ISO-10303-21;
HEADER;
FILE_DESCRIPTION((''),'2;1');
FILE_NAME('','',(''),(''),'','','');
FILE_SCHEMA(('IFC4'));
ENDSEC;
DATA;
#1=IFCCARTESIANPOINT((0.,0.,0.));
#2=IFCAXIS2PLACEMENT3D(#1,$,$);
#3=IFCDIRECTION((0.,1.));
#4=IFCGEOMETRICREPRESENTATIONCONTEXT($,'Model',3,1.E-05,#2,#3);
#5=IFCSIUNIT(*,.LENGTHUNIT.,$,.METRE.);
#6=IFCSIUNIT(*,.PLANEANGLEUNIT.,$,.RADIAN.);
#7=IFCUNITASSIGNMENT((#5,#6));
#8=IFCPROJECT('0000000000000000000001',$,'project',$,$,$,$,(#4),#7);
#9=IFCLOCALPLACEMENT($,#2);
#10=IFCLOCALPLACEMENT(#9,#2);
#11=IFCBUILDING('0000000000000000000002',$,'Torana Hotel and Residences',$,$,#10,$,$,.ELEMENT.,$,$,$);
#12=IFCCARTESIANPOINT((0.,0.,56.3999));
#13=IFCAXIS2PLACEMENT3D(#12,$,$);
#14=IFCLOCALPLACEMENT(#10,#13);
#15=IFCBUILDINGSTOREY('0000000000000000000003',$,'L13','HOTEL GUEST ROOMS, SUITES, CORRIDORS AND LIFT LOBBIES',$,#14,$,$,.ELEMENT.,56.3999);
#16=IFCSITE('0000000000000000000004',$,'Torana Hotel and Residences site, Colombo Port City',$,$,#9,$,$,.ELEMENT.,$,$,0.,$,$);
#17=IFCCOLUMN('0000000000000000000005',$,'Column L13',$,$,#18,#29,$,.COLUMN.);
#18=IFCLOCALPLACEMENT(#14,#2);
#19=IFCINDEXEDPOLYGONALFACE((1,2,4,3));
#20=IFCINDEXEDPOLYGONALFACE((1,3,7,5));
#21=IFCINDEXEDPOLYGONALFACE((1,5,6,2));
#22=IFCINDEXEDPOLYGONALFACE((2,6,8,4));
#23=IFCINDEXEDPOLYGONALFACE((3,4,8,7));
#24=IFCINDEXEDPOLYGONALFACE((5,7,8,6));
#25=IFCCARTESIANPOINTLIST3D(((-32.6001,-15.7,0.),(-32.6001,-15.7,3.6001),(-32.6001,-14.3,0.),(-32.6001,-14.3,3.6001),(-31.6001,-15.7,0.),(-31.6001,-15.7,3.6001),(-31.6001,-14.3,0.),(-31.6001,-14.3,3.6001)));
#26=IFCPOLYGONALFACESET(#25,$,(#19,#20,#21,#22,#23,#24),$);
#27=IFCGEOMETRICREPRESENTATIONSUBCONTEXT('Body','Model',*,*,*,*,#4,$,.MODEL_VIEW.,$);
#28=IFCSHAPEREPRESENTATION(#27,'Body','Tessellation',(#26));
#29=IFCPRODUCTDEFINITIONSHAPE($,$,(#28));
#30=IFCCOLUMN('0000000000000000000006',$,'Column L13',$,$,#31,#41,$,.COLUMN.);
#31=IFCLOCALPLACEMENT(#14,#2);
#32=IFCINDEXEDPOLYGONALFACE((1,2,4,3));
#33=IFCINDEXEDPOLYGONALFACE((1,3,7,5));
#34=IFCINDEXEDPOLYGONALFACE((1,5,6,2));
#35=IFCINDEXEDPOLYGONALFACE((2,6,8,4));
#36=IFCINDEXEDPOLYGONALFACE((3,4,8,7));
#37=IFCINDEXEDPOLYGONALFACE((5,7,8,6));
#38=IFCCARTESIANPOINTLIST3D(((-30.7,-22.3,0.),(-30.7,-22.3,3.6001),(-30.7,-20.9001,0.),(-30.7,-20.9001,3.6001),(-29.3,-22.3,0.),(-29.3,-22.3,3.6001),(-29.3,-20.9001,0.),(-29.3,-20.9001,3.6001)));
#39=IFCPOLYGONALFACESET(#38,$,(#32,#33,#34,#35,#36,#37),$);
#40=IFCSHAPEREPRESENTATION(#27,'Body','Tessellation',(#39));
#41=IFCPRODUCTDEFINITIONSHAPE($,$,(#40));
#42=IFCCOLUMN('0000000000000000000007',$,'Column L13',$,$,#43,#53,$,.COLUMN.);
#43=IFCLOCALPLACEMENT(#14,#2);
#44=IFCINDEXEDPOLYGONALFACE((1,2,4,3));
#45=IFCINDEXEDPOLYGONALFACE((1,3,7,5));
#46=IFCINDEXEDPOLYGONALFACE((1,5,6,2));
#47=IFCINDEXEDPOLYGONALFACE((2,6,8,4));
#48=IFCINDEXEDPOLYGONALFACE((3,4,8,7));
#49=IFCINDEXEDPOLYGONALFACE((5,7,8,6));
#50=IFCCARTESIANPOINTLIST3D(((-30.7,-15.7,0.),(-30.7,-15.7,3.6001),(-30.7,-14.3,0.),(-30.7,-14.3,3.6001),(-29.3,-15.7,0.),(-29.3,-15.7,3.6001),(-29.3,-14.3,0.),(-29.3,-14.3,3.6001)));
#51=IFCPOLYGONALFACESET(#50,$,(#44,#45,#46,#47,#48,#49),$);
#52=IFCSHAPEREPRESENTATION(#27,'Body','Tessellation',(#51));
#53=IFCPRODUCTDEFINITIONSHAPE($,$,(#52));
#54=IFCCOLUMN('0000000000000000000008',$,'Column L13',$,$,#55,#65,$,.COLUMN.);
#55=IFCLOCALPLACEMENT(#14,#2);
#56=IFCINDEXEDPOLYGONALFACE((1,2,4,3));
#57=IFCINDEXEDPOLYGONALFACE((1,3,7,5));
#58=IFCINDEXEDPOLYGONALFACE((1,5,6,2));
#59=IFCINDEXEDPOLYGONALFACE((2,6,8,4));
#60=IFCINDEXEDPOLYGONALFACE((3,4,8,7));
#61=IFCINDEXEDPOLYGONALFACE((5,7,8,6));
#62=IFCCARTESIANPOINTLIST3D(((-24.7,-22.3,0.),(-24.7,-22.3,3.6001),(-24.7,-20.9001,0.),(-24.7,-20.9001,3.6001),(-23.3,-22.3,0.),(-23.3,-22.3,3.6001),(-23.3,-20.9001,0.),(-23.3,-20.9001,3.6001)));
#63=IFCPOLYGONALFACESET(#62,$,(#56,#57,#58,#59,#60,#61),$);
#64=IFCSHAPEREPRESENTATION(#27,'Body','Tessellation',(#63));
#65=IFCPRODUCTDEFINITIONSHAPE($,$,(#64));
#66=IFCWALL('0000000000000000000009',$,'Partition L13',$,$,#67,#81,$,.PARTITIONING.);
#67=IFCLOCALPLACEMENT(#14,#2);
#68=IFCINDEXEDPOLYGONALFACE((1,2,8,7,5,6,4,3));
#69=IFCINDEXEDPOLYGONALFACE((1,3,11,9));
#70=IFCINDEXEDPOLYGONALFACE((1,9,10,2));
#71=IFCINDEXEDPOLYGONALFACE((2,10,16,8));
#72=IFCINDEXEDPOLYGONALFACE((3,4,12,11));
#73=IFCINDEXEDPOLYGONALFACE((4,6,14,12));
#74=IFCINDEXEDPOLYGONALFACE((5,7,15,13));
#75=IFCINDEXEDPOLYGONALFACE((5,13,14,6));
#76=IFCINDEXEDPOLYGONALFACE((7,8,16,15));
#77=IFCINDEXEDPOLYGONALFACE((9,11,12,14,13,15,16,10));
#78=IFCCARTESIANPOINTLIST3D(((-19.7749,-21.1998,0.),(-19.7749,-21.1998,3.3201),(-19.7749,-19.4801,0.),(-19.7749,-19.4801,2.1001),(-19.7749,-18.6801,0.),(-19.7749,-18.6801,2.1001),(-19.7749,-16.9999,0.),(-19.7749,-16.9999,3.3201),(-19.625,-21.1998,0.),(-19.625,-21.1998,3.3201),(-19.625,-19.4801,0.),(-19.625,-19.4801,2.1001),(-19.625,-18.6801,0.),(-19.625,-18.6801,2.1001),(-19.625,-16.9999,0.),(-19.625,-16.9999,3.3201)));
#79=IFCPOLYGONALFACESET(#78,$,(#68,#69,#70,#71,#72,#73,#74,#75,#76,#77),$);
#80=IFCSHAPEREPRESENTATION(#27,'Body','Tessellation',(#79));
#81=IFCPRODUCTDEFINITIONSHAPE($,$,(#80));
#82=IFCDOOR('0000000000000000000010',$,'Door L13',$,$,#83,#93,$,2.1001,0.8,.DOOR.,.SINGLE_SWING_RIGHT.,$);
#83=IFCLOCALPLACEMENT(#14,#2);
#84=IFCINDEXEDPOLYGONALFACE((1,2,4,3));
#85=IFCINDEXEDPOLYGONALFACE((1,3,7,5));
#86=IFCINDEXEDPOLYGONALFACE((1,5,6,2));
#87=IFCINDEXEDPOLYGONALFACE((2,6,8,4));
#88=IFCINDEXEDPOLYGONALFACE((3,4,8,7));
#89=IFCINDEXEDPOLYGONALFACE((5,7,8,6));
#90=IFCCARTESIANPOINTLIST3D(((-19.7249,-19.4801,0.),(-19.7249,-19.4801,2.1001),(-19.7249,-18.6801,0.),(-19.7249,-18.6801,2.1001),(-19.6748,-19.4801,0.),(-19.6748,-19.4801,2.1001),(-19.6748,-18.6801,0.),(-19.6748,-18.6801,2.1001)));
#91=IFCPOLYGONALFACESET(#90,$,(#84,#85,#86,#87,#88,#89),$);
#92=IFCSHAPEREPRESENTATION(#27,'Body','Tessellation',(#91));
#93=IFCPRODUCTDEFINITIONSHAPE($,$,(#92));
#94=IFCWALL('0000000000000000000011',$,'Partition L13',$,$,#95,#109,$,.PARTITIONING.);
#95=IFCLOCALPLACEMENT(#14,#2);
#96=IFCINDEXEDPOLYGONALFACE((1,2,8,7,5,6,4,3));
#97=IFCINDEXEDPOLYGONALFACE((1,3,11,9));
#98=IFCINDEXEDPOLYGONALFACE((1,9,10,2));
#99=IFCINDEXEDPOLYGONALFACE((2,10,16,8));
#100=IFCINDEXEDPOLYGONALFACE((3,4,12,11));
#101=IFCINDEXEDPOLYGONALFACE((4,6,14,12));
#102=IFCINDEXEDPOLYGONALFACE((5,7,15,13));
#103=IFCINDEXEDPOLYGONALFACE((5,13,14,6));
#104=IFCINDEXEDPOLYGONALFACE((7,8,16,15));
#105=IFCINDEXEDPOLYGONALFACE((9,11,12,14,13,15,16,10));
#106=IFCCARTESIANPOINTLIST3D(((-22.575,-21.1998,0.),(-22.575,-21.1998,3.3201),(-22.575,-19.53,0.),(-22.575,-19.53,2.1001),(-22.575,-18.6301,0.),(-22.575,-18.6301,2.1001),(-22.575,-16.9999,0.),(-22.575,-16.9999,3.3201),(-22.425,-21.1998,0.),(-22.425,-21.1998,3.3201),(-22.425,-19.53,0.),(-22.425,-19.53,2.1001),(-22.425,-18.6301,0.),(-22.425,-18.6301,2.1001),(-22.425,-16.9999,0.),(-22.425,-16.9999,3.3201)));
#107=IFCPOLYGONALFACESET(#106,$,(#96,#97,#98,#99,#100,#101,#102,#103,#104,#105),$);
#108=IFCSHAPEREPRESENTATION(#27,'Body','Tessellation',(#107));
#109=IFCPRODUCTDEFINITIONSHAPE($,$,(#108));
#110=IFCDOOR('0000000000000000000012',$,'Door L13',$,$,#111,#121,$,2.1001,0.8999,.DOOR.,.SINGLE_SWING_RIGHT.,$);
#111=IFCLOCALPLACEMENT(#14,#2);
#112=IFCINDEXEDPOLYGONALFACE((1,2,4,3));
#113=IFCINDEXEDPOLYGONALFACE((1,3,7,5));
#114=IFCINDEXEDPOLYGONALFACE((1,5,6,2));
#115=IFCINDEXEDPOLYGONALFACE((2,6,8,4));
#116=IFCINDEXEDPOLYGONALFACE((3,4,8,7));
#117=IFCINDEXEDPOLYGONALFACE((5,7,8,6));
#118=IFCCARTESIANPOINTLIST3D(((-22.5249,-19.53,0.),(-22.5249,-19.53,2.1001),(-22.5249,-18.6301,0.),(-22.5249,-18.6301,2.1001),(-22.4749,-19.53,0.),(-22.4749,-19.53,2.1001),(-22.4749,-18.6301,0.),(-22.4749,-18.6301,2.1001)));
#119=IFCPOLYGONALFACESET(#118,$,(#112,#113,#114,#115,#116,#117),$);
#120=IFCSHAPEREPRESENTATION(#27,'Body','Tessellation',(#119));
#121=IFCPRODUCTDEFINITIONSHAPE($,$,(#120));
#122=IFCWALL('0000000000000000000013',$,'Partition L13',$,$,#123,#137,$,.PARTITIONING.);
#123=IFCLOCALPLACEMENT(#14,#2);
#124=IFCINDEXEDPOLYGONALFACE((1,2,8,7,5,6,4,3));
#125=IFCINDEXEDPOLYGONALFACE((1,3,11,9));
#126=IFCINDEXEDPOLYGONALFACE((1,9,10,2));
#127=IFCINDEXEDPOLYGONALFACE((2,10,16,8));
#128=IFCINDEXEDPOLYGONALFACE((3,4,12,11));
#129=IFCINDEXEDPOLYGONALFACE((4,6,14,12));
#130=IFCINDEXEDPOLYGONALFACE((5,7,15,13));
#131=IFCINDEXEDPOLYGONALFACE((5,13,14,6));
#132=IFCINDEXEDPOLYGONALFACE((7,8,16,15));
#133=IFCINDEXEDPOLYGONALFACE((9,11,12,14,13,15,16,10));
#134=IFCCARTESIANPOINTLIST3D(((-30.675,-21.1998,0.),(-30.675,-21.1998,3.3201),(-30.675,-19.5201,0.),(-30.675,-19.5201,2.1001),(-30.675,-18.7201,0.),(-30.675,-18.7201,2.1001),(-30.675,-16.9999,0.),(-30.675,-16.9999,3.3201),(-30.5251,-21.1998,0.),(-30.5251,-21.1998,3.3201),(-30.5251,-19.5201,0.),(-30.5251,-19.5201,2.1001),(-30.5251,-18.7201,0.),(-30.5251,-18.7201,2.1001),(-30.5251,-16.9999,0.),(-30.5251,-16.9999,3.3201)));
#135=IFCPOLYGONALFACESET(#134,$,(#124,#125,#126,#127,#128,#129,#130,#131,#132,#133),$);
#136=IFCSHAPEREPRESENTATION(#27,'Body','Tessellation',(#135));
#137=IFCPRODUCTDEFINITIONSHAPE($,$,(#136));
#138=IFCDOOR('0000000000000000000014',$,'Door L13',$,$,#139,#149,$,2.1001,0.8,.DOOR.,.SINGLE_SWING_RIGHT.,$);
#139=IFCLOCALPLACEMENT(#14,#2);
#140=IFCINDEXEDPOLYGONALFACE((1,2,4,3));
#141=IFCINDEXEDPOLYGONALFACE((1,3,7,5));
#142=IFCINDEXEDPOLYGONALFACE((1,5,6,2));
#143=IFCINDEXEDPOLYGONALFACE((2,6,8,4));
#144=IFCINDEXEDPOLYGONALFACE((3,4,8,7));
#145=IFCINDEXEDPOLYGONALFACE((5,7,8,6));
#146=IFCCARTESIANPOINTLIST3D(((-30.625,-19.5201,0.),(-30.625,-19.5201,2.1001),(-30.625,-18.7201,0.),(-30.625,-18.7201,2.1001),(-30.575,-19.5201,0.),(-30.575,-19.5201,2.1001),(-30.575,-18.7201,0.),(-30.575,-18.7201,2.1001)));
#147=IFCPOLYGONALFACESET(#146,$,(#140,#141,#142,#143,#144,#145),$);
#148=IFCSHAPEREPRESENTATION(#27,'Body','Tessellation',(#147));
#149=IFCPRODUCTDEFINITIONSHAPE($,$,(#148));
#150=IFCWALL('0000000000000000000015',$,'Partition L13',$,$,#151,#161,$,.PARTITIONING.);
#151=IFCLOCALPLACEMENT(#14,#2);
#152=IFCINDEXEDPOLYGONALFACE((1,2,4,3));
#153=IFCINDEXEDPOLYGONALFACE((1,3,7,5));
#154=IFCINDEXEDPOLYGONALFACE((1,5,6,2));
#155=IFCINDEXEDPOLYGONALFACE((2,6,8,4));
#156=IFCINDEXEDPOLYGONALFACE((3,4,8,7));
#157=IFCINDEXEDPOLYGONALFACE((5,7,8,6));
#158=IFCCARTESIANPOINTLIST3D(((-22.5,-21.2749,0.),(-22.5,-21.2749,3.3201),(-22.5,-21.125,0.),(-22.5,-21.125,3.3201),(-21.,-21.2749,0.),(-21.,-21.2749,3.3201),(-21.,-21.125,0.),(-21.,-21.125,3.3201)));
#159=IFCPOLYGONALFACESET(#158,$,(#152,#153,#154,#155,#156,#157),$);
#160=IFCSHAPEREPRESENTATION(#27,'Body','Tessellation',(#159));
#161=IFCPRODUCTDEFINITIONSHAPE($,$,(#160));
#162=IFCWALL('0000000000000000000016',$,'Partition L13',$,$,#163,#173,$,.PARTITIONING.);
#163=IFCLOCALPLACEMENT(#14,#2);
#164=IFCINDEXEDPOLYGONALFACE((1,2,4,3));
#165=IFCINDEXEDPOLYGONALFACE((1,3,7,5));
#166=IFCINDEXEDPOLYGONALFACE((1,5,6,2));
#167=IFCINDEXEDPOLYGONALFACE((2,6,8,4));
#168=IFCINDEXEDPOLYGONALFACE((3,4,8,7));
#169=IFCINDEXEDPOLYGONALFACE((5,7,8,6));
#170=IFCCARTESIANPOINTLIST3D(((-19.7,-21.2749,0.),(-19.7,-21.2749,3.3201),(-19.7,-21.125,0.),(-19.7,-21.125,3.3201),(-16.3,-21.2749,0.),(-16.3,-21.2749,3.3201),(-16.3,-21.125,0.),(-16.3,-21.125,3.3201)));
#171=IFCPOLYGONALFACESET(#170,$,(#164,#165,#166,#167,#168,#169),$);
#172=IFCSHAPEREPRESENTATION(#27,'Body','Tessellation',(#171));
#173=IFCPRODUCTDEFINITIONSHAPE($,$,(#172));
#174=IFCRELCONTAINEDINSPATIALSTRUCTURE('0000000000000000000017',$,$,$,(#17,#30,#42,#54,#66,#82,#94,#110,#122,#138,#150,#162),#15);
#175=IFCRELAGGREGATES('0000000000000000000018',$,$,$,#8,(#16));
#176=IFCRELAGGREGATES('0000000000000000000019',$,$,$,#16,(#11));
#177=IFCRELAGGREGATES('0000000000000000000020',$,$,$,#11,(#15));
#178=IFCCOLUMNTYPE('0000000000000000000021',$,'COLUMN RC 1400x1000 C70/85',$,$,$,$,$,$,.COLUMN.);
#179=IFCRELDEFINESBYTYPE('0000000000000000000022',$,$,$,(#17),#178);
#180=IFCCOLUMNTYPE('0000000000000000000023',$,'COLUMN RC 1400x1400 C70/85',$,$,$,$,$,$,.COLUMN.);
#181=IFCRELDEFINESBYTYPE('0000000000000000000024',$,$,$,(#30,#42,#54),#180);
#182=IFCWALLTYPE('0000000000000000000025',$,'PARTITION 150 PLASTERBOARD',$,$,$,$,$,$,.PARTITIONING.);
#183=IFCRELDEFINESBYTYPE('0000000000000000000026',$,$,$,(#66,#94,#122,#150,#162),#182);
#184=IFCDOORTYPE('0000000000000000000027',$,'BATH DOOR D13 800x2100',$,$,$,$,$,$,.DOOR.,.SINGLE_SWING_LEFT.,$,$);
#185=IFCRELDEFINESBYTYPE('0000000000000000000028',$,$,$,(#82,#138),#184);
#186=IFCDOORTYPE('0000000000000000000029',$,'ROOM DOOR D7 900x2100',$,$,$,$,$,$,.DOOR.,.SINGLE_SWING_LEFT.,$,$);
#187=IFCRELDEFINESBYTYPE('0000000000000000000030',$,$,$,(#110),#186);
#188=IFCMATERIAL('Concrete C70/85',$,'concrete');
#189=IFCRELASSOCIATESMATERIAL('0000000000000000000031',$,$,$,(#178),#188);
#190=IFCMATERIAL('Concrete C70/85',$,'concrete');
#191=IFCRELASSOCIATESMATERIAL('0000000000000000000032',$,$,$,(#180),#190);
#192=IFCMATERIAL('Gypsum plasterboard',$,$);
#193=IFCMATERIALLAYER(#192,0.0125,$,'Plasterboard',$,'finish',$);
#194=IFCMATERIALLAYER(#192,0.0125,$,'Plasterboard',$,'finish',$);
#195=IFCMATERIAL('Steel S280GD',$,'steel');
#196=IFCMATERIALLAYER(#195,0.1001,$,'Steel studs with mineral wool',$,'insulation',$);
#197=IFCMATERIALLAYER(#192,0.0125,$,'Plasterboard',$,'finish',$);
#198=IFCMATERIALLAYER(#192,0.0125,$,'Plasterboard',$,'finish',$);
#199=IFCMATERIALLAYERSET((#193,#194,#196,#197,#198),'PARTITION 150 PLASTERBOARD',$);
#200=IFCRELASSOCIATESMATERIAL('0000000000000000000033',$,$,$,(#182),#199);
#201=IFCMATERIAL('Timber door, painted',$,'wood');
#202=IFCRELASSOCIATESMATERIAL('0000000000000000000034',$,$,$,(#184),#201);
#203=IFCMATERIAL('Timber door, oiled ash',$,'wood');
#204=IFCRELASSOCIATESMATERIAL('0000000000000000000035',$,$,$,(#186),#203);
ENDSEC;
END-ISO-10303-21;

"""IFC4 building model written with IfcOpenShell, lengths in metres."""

from ifc_helpers import new_model, si_unit, direction, frame, frame_2d, origin, origin_2d, place, context, subcontext, project, spatial, rectangle, extrude, material, layer, layer_set, material_profile, profile_set, type_object, element, fill, save


model = new_model("IFC4")

# Units and contexts
model_context = context("Model", 3, precision=1e-05, world=origin(), true_north=direction((0.0, 1.0)))
body_context = subcontext(model_context, "Body", "Model", "MODEL_VIEW")
ifc_project = project(units=[si_unit("LENGTHUNIT", "METRE"), si_unit("PLANEANGLEUNIT", "RADIAN")], contexts=[model_context])

# Site, building, storey
site_placement = place(None, origin())
site = spatial("IfcSite", under=ifc_project, at=site_placement, Name="Torana Hotel and Residences site, Colombo Port City", CompositionType="ELEMENT", RefElevation=0.0)
building_placement = place(site_placement, origin())
building = spatial("IfcBuilding", under=site, at=building_placement, Name="Torana Hotel and Residences", CompositionType="ELEMENT")
storey_placement = place(building_placement, frame((0.0, 0.0, 56.3999)))
storey = spatial("IfcBuildingStorey", under=building, at=storey_placement, Name="L13", Description="HOTEL GUEST ROOMS, SUITES, CORRIDORS AND LIFT LOBBIES", CompositionType="ELEMENT", Elevation=56.3999)

# Columns
ifc_material_1 = material(Name="Concrete C70/85", Category="concrete")
ifc_material_profile_1 = material_profile(ifc_material_1, rectangle(XDim=1.3999, YDim=1.0, at=origin_2d()), Name="RC 1400x1000")
ifc_profile_set_1 = profile_set([ifc_material_profile_1], Name="Concrete C70/85")
column_type_1 = type_object("IfcColumnType", Name="COLUMN RC 1400x1000 C70/85", PredefinedType="COLUMN", material=ifc_profile_set_1)
column_placement = place(storey_placement, frame((-32.1001, -15.0, 0.0), z_axis=(0.0, 0.0, 1.0), x_axis=(0.0, 1.0, 0.0)))
element("IfcColumn", 1, at=column_placement, inside=storey, type_object=column_type_1, Name="Column L13", PredefinedType="COLUMN", context=body_context, shape_type="SweptSolid", body=[
    extrude(rectangle(XDim=1.3999, YDim=1.0, at=origin_2d()), origin(), (0.0, 0.0, 1.0), 3.6001),
])
ifc_material_2 = material(Name="Concrete C70/85", Category="concrete")
ifc_material_profile_2 = material_profile(ifc_material_2, rectangle(XDim=1.3999, YDim=1.3999, at=origin_2d()), Name="RC 1400x1400")
ifc_profile_set_2 = profile_set([ifc_material_profile_2], Name="Concrete C70/85")
column_type_2 = type_object("IfcColumnType", Name="COLUMN RC 1400x1400 C70/85", PredefinedType="COLUMN", material=ifc_profile_set_2)
for number, where, z_axis, x_axis, name in (
    (2, (-30.0, -21.6001, 0.0), (0.0, 0.0, 1.0), (1.0, 0.0, 0.0), "Column L13"),
    (3, (-30.0, -15.0, 0.0), (0.0, 0.0, 1.0), (1.0, 0.0, 0.0), "Column L13"),
    (4, (-24.0, -21.6001, 0.0), (0.0, 0.0, 1.0), (1.0, 0.0, 0.0), "Column L13"),
):
    element("IfcColumn", number, at=place(storey_placement, frame(where, z_axis=z_axis, x_axis=x_axis)), inside=storey, type_object=column_type_2, Name=name, PredefinedType="COLUMN", context=body_context, shape_type="SweptSolid", body=[
        extrude(rectangle(XDim=1.3999, YDim=1.3999, at=origin_2d()), origin(), (0.0, 0.0, 1.0), 3.6001),
    ])

# Walls, openings, doors
ifc_material_3 = material(Name="Gypsum plasterboard")
ifc_layer_1 = layer(ifc_material_3, 0.0125, Name="Plasterboard", Category="finish")
ifc_layer_2 = layer(ifc_material_3, 0.0125, Name="Plasterboard", Category="finish")
ifc_material_4 = material(Name="Steel S280GD", Category="steel")
ifc_layer_3 = layer(ifc_material_4, 0.1001, Name="Steel studs with mineral wool", Category="insulation")
ifc_layer_4 = layer(ifc_material_3, 0.0125, Name="Plasterboard", Category="finish")
ifc_layer_5 = layer(ifc_material_3, 0.0125, Name="Plasterboard", Category="finish")
ifc_layer_set = layer_set([ifc_layer_1, ifc_layer_2, ifc_layer_3, ifc_layer_4, ifc_layer_5], Name="PARTITION 150 PLASTERBOARD")
wall_type = type_object("IfcWallType", Name="PARTITION 150 PLASTERBOARD", PredefinedType="PARTITIONING", material=ifc_layer_set)
wall_1_placement = place(storey_placement, frame((-19.7, -21.2, 0.0), z_axis=(0.0, 0.0, 1.0), x_axis=(0.0, 1.0, 0.0)))
wall_1 = element("IfcWall", 5, at=wall_1_placement, inside=storey, type_object=wall_type, Name="Partition L13", PredefinedType="PARTITIONING", context=body_context, shape_type="SweptSolid", body=[
    extrude(rectangle(XDim=4.2, YDim=0.1499, at=frame_2d((2.1001, 0.0))), origin(), (0.0, 0.0, 1.0), 3.3201),
])
opening_1_placement = place(wall_1_placement, frame((1.72, 0.0, 0.0)))
opening_1 = element("IfcOpeningElement", 6, at=opening_1_placement, cuts=wall_1, PredefinedType="OPENING", context=body_context, shape_type="SweptSolid", body=[
    extrude(rectangle(XDim=0.8, YDim=2.1001, at=frame_2d((0.3999, 1.05))), frame((0.0, 0.085, 0.0), z_axis=(0.0, -1.0, 0.0), x_axis=(1.0, 0.0, 0.0)), (0.0, 0.0, 1.0), 0.1699),
])
ifc_material_5 = material(Name="Timber door, painted", Category="wood")
door_type_1 = type_object("IfcDoorType", Name="BATH DOOR D13 800x2100", OperationType="SINGLE_SWING_LEFT", PredefinedType="DOOR", material=ifc_material_5)
door_1_placement = place(opening_1_placement, origin())
door_1 = element("IfcDoor", 7, at=door_1_placement, inside=storey, type_object=door_type_1, Name="Door L13", OperationType="SINGLE_SWING_RIGHT", OverallHeight=2.1001, OverallWidth=0.8, PredefinedType="DOOR", context=body_context, shape_type="SweptSolid", body=[
    extrude(rectangle(XDim=0.8, YDim=2.1001, at=frame_2d((0.3999, 1.05))), frame((0.0, 0.0249, 0.0), z_axis=(0.0, -1.0, 0.0), x_axis=(1.0, 0.0, 0.0)), (0.0, 0.0, 1.0), 0.05),
])
fill(opening_1, door_1)
wall_2_placement = place(storey_placement, frame((-22.5, -21.2, 0.0), z_axis=(0.0, 0.0, 1.0), x_axis=(0.0, 1.0, 0.0)))
wall_2 = element("IfcWall", 8, at=wall_2_placement, inside=storey, type_object=wall_type, Name="Partition L13", PredefinedType="PARTITIONING", context=body_context, shape_type="SweptSolid", body=[
    extrude(rectangle(XDim=4.2, YDim=0.1499, at=frame_2d((2.1001, 0.0))), origin(), (0.0, 0.0, 1.0), 3.3201),
])
opening_2_placement = place(wall_2_placement, frame((1.6699, 0.0, 0.0)))
opening_2 = element("IfcOpeningElement", 9, at=opening_2_placement, cuts=wall_2, PredefinedType="OPENING", context=body_context, shape_type="SweptSolid", body=[
    extrude(rectangle(XDim=0.8999, YDim=2.1001, at=frame_2d((0.45, 1.05))), frame((0.0, 0.085, 0.0), z_axis=(0.0, -1.0, 0.0), x_axis=(1.0, 0.0, 0.0)), (0.0, 0.0, 1.0), 0.1699),
])
ifc_material_6 = material(Name="Timber door, oiled ash", Category="wood")
door_type_2 = type_object("IfcDoorType", Name="ROOM DOOR D7 900x2100", OperationType="SINGLE_SWING_LEFT", PredefinedType="DOOR", material=ifc_material_6)
door_2_placement = place(opening_2_placement, origin())
door_2 = element("IfcDoor", 10, at=door_2_placement, inside=storey, type_object=door_type_2, Name="Door L13", OperationType="SINGLE_SWING_RIGHT", OverallHeight=2.1001, OverallWidth=0.8999, PredefinedType="DOOR", context=body_context, shape_type="SweptSolid", body=[
    extrude(rectangle(XDim=0.8999, YDim=2.1001, at=frame_2d((0.45, 1.05))), frame((0.0, 0.0249, 0.0), z_axis=(0.0, -1.0, 0.0), x_axis=(1.0, 0.0, 0.0)), (0.0, 0.0, 1.0), 0.05),
])
fill(opening_2, door_2)
wall_3_placement = place(storey_placement, frame((-30.6001, -21.2, 0.0), z_axis=(0.0, 0.0, 1.0), x_axis=(0.0, 1.0, 0.0)))
wall_3 = element("IfcWall", 11, at=wall_3_placement, inside=storey, type_object=wall_type, Name="Partition L13", PredefinedType="PARTITIONING", context=body_context, shape_type="SweptSolid", body=[
    extrude(rectangle(XDim=4.2, YDim=0.1499, at=frame_2d((2.1001, 0.0))), origin(), (0.0, 0.0, 1.0), 3.3201),
])
opening_3_placement = place(wall_3_placement, frame((1.6799, 0.0, 0.0)))
opening_3 = element("IfcOpeningElement", 12, at=opening_3_placement, cuts=wall_3, PredefinedType="OPENING", context=body_context, shape_type="SweptSolid", body=[
    extrude(rectangle(XDim=0.8, YDim=2.1001, at=frame_2d((0.3999, 1.05))), frame((0.0, 0.085, 0.0), z_axis=(0.0, -1.0, 0.0), x_axis=(1.0, 0.0, 0.0)), (0.0, 0.0, 1.0), 0.1699),
])
door_3_placement = place(opening_3_placement, origin())
door_3 = element("IfcDoor", 13, at=door_3_placement, inside=storey, type_object=door_type_1, Name="Door L13", OperationType="SINGLE_SWING_RIGHT", OverallHeight=2.1001, OverallWidth=0.8, PredefinedType="DOOR", context=body_context, shape_type="SweptSolid", body=[
    extrude(rectangle(XDim=0.8, YDim=2.1001, at=frame_2d((0.3999, 1.05))), frame((0.0, 0.0249, 0.0), z_axis=(0.0, -1.0, 0.0), x_axis=(1.0, 0.0, 0.0)), (0.0, 0.0, 1.0), 0.05),
])
fill(opening_3, door_3)

# Walls
wall_4_placement = place(storey_placement, frame((-22.5, -21.2, 0.0), z_axis=(0.0, 0.0, 1.0), x_axis=(1.0, 0.0, 0.0)))
element("IfcWall", 14, at=wall_4_placement, inside=storey, type_object=wall_type, Name="Partition L13", PredefinedType="PARTITIONING", context=body_context, shape_type="SweptSolid", body=[
    extrude(rectangle(XDim=1.5, YDim=0.1499, at=frame_2d((0.75, 0.0))), origin(), (0.0, 0.0, 1.0), 3.3201),
])
wall_5_placement = place(storey_placement, frame((-19.7, -21.2, 0.0), z_axis=(0.0, 0.0, 1.0), x_axis=(1.0, 0.0, 0.0)))
element("IfcWall", 15, at=wall_5_placement, inside=storey, type_object=wall_type, Name="Partition L13", PredefinedType="PARTITIONING", context=body_context, shape_type="SweptSolid", body=[
    extrude(rectangle(XDim=3.3999, YDim=0.1499, at=frame_2d((1.7, 0.0))), origin(), (0.0, 0.0, 1.0), 3.3201),
])

save(model, "model.ifc")
